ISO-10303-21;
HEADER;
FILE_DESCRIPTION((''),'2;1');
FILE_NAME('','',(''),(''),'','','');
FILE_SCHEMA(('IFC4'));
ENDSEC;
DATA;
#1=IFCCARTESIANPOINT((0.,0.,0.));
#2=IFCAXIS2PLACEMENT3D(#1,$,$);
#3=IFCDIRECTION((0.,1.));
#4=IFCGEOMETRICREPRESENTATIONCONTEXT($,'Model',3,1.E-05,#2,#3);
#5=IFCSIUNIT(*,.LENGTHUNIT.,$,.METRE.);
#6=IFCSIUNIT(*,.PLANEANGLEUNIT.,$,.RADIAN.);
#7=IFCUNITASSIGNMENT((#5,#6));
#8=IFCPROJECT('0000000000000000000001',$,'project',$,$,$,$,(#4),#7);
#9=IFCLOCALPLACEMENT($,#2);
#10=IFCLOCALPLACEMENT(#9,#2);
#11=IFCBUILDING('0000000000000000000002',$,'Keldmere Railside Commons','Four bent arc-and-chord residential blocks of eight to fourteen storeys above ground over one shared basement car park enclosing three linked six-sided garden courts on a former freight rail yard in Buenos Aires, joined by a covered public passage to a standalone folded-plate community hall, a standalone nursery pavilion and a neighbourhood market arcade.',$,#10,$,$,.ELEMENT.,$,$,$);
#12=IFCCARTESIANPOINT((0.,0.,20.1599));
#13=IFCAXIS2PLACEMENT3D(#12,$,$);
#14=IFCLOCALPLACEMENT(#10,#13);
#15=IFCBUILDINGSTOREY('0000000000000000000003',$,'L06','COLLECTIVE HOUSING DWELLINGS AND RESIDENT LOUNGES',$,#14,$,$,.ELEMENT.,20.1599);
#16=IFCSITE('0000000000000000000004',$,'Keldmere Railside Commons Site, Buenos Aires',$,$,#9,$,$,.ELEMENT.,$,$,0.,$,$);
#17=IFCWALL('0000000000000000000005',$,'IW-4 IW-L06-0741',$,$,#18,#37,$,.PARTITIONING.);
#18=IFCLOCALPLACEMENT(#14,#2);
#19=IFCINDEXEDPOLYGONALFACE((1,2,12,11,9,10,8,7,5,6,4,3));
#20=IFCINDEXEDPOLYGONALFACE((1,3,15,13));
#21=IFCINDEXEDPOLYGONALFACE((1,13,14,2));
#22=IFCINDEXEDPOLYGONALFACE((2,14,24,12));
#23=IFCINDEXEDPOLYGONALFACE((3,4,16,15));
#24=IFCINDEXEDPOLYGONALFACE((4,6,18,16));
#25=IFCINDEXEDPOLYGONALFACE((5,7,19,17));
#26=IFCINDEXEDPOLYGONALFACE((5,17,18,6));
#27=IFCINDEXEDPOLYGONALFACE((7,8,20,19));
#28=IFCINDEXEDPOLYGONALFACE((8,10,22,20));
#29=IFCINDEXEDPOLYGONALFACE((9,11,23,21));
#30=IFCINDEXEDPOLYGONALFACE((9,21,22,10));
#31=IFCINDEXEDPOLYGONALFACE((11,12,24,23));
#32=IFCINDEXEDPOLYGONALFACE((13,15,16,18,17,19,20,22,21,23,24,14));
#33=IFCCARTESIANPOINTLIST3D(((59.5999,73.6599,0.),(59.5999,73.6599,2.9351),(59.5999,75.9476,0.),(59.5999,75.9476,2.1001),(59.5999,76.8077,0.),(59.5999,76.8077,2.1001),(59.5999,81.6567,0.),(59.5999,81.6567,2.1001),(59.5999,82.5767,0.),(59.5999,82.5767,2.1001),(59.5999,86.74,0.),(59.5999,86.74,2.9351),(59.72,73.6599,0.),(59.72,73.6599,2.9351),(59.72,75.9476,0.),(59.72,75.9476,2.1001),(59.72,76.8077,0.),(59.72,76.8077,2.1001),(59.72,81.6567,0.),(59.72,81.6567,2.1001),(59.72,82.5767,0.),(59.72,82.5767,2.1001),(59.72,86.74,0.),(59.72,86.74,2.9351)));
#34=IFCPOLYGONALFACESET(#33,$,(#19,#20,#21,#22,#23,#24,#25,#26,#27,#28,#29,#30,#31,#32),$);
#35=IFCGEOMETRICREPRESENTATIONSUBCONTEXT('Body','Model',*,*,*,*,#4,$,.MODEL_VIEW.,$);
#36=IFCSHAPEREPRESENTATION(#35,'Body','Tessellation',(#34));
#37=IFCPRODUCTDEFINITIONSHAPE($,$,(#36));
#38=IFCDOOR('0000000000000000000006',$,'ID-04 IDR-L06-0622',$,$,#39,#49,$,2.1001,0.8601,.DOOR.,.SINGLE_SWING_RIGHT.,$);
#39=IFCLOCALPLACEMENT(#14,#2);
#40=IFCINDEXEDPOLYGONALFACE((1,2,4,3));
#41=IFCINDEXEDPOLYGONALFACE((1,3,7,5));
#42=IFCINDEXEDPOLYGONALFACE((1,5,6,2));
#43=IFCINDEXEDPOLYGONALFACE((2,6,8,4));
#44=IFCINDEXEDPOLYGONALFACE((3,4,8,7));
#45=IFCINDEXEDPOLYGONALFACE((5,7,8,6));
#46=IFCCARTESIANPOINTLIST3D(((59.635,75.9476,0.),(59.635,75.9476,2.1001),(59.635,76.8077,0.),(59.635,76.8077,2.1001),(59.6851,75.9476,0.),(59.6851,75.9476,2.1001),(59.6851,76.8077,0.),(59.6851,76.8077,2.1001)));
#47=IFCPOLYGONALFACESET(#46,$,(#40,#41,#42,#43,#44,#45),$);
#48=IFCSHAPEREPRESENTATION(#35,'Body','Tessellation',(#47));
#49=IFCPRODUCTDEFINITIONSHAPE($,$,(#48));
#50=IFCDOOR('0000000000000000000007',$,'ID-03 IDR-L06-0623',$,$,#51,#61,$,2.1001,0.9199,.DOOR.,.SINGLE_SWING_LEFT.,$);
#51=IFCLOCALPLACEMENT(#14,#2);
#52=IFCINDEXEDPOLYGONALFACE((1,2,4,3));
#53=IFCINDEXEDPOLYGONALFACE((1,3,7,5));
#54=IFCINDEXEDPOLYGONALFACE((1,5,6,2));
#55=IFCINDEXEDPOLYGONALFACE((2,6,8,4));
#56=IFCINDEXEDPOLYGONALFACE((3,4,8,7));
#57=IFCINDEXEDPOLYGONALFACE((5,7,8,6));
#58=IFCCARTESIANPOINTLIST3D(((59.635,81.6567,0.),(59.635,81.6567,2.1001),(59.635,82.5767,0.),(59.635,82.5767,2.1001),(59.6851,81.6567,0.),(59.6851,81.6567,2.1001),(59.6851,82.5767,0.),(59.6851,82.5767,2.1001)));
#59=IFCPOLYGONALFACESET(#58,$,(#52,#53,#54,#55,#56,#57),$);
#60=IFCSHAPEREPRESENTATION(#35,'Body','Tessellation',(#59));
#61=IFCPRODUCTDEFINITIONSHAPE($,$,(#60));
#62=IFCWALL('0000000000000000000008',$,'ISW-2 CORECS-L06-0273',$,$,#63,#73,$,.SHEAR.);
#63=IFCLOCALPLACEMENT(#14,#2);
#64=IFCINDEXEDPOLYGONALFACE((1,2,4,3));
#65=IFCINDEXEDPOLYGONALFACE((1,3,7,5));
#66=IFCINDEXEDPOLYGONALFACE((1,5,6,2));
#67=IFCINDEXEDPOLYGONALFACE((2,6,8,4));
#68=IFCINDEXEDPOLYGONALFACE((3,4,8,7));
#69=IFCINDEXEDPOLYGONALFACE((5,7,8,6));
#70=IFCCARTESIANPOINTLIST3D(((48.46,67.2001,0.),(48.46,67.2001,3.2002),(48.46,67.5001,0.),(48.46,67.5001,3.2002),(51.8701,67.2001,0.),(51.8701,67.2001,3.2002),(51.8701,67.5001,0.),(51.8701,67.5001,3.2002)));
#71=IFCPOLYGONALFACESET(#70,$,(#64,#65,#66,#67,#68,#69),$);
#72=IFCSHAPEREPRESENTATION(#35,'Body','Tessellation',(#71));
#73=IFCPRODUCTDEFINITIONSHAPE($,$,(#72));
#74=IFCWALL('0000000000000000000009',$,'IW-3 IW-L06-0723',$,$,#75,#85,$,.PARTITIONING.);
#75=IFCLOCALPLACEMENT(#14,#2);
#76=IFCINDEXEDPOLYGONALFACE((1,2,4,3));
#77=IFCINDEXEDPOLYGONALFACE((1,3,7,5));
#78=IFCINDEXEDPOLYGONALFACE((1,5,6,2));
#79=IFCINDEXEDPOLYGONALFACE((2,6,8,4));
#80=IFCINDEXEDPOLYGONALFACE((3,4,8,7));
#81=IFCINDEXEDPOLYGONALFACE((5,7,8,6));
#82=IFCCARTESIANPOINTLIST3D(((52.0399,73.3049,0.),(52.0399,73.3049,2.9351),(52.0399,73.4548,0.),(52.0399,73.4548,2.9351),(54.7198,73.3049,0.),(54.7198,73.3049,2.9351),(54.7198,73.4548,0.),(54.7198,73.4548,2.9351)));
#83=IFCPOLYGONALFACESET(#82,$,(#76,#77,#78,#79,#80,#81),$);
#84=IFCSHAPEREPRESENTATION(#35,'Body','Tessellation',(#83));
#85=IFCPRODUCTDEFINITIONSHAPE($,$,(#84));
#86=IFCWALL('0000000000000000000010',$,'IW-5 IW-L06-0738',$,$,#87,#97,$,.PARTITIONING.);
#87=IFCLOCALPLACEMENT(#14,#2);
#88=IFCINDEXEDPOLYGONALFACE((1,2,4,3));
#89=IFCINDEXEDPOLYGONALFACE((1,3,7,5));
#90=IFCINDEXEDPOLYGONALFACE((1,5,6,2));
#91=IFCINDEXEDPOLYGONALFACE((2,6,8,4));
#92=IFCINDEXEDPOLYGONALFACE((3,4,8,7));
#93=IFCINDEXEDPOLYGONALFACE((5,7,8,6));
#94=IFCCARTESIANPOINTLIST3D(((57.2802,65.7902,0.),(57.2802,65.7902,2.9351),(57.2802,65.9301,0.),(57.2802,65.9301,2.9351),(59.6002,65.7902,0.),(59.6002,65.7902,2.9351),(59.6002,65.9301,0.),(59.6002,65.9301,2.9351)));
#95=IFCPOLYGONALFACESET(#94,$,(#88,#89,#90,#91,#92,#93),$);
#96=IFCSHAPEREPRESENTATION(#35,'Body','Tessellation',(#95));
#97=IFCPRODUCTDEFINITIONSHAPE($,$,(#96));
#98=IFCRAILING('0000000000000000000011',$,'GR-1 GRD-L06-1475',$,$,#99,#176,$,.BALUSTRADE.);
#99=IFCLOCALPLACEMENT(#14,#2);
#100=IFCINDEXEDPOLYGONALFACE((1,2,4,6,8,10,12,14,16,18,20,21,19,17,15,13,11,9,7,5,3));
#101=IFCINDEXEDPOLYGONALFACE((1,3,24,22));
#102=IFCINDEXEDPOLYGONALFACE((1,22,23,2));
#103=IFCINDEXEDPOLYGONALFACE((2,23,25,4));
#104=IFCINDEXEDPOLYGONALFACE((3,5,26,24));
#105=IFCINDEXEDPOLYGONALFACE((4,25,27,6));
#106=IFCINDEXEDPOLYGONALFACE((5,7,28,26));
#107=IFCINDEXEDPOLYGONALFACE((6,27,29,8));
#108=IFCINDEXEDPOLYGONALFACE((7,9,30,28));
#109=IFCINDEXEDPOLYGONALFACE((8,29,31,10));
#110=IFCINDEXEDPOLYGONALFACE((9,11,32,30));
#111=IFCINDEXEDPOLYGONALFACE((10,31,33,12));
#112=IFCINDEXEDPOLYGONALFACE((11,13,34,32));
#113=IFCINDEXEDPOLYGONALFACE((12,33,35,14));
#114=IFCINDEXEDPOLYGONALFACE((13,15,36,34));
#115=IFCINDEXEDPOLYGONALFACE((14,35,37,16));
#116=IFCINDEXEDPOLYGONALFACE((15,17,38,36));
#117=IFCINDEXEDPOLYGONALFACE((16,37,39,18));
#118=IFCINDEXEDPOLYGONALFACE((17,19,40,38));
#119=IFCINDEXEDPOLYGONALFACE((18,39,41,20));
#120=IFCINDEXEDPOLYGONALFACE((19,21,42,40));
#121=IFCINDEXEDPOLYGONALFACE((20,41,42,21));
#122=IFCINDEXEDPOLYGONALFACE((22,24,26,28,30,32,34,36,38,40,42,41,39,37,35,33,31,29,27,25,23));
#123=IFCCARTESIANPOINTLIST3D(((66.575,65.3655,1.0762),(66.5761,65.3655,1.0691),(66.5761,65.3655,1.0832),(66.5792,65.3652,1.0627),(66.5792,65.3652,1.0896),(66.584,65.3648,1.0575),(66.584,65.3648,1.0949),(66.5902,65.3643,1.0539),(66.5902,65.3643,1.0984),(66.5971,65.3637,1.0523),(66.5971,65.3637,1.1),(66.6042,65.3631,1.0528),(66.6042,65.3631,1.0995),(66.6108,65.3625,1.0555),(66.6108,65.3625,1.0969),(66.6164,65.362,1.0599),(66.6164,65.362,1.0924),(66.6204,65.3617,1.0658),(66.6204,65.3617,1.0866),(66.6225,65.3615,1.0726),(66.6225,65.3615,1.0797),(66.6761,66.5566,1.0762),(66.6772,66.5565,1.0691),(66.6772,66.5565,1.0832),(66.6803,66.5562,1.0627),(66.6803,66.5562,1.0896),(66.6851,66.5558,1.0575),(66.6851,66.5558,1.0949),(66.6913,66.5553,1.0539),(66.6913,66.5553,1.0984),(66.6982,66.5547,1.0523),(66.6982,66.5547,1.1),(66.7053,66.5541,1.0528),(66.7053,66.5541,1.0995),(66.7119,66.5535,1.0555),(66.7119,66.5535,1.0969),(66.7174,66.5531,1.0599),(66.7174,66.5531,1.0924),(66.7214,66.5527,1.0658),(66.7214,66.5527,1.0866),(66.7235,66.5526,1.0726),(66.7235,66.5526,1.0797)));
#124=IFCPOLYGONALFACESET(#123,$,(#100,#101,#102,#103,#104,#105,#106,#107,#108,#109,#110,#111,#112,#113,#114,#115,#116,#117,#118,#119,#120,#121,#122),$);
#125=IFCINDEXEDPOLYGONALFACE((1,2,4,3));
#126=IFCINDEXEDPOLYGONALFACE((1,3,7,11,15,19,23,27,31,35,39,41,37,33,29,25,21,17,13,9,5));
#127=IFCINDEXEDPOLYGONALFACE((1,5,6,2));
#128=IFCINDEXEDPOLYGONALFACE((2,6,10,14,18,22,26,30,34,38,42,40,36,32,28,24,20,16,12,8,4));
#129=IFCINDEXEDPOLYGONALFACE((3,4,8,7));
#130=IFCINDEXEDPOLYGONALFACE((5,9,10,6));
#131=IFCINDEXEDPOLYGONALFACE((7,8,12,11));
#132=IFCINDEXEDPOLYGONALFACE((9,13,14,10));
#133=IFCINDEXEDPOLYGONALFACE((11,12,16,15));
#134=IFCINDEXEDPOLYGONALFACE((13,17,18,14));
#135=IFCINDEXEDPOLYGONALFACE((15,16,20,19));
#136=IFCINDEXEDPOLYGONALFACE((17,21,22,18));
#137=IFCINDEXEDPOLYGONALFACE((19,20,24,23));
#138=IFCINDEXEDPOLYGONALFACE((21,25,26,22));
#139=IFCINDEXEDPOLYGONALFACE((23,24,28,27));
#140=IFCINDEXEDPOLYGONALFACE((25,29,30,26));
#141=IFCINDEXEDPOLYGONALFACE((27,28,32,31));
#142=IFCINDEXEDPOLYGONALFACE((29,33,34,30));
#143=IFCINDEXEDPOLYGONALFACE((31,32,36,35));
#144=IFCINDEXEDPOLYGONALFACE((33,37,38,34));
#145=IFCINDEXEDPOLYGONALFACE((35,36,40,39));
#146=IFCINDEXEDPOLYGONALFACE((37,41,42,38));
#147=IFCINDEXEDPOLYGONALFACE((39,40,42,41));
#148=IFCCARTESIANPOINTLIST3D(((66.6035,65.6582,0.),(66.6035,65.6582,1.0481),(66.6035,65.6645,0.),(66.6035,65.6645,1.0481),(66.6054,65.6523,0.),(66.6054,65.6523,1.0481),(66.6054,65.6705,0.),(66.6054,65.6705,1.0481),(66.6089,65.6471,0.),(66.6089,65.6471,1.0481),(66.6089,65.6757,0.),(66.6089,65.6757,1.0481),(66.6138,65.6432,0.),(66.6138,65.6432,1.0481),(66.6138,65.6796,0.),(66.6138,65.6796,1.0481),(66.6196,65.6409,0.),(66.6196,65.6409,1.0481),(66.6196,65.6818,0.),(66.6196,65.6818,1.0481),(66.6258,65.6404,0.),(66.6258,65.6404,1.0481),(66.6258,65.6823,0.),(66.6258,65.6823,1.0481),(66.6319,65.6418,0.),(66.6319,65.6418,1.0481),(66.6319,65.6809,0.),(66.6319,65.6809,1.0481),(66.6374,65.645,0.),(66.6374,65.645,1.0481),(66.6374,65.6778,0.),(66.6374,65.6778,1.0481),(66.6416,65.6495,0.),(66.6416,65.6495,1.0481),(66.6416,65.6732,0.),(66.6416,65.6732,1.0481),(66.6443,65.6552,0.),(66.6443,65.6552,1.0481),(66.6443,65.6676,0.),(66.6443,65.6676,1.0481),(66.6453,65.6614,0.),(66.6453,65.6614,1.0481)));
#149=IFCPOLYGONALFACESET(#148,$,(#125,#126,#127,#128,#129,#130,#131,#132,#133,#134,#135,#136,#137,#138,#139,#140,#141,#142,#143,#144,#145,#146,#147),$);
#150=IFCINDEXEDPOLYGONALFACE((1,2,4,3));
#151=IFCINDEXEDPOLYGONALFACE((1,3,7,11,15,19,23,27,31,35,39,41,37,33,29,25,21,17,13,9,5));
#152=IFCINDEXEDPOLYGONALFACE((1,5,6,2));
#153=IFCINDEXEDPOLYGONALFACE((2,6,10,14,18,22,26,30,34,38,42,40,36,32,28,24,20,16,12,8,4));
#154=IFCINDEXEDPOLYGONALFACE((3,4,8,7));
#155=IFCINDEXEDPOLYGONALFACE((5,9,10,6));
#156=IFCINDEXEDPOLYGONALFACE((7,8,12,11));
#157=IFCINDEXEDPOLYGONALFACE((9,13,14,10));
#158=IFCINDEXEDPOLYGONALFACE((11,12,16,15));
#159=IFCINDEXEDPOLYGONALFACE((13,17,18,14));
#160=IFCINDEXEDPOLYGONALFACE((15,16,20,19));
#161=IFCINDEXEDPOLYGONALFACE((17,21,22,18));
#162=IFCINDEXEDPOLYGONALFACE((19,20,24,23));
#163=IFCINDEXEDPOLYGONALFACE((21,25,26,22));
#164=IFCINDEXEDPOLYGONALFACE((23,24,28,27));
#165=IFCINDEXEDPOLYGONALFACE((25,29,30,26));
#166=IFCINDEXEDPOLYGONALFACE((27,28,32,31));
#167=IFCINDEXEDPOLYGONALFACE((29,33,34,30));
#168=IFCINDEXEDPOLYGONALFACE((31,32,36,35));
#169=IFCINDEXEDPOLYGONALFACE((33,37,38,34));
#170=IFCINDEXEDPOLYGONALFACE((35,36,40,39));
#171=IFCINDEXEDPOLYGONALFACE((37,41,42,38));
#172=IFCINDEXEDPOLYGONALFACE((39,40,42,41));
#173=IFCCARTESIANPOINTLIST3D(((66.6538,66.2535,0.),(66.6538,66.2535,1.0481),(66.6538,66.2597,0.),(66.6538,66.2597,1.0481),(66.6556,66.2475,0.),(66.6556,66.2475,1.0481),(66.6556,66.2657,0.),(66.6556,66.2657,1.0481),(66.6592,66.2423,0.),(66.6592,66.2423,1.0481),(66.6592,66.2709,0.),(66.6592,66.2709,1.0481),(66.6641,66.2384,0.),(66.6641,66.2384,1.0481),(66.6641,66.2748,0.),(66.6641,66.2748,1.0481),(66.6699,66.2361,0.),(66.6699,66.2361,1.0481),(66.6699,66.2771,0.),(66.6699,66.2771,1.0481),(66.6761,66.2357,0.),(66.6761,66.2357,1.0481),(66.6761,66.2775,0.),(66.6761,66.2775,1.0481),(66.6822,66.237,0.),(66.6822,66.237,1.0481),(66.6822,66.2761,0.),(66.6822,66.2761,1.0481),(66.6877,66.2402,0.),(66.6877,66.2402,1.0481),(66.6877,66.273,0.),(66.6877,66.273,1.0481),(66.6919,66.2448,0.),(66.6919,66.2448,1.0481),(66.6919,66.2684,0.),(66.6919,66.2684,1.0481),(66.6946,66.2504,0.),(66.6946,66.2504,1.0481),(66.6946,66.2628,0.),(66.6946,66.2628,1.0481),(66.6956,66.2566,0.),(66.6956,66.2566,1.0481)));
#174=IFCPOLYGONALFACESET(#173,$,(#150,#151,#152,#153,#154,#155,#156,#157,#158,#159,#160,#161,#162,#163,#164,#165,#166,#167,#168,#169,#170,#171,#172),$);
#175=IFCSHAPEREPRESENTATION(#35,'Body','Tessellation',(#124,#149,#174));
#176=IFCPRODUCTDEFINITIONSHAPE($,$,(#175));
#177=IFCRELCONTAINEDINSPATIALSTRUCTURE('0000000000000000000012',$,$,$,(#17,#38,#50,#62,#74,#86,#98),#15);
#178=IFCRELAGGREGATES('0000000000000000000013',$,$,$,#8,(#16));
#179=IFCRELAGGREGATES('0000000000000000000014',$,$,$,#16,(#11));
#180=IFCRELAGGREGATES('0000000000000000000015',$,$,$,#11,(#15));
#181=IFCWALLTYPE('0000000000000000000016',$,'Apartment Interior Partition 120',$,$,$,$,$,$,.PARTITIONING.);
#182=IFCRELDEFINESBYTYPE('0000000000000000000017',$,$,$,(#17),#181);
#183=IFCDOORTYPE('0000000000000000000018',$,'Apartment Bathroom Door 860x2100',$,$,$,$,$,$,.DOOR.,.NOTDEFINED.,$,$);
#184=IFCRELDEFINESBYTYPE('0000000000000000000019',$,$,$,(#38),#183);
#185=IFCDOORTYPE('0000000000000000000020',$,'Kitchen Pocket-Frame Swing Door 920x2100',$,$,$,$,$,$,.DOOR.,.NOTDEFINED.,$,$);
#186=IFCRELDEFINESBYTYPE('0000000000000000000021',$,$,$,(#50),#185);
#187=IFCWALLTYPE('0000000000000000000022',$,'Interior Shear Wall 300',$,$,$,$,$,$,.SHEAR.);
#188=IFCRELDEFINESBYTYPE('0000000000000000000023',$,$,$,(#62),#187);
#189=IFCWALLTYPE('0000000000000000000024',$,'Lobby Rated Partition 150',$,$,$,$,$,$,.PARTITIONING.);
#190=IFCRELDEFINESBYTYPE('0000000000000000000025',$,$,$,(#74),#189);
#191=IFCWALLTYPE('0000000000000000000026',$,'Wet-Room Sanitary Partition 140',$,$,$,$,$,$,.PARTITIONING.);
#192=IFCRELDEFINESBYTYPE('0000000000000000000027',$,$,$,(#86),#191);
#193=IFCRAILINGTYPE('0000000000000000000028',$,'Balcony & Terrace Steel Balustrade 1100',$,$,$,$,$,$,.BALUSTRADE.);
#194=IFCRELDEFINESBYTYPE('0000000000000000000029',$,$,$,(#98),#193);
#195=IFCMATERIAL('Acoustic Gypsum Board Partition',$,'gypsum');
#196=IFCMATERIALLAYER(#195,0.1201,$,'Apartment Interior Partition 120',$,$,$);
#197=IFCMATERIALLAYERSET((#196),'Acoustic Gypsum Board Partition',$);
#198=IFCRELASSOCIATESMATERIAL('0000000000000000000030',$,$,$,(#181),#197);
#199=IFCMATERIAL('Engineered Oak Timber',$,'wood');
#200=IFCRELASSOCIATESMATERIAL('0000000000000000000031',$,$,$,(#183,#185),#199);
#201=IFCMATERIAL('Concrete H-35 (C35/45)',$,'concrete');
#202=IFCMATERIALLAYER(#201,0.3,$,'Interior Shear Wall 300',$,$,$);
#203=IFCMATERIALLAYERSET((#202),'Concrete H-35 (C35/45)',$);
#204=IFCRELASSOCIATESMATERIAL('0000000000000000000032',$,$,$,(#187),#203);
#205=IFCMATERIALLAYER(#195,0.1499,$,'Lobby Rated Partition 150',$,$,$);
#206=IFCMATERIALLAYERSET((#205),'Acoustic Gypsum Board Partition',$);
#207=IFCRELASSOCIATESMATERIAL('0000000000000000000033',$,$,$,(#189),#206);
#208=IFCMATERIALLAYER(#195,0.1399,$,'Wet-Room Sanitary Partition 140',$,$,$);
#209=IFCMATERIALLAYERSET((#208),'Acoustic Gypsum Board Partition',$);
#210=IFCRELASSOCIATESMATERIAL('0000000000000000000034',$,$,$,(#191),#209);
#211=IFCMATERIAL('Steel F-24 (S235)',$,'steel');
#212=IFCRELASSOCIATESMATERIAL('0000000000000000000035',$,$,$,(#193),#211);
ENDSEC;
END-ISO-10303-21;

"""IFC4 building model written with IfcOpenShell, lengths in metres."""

from ifc_helpers import new_model, si_unit, direction, frame, frame_2d, origin, origin_2d, place, context, subcontext, project, spatial, rectangle, circle, extrude, material, layer, layer_set, type_object, element, fill, save


model = new_model("IFC4")

# Units and contexts
model_context = context("Model", 3, precision=1e-05, world=origin(), true_north=direction((0.0, 1.0)))
body_context = subcontext(model_context, "Body", "Model", "MODEL_VIEW")
ifc_project = project(units=[si_unit("LENGTHUNIT", "METRE"), si_unit("PLANEANGLEUNIT", "RADIAN")], contexts=[model_context])

# Site, building, storey
site_placement = place(None, origin())
site = spatial("IfcSite", under=ifc_project, at=site_placement, Name="Keldmere Railside Commons Site, Buenos Aires", CompositionType="ELEMENT", RefElevation=0.0)
building_placement = place(site_placement, origin())
building = spatial("IfcBuilding", under=site, at=building_placement, Name="Keldmere Railside Commons", Description="Four bent arc-and-chord residential blocks of eight to fourteen storeys above ground over one shared basement car park enclosing three linked six-sided garden courts on a former freight rail yard in Buenos Aires, joined by a covered public passage to a standalone folded-plate community hall, a standalone nursery pavilion and a neighbourhood market arcade.", CompositionType="ELEMENT")
storey_placement = place(building_placement, frame((0.0, 0.0, 20.1599)))
storey = spatial("IfcBuildingStorey", under=building, at=storey_placement, Name="L06", Description="COLLECTIVE HOUSING DWELLINGS AND RESIDENT LOUNGES", CompositionType="ELEMENT", Elevation=20.1599)

# Shared definitions
ifc_material_1 = material(Name="Concrete H-35 (C35/45)", Category="concrete")

# Shared definitions
ifc_material_2 = material(Name="Acoustic Gypsum Board Partition", Category="gypsum")

# Shared definitions
ifc_layer_1 = layer(ifc_material_2, 0.1201, Name="Apartment Interior Partition 120")
ifc_layer_set_1 = layer_set([ifc_layer_1], Name="Acoustic Gypsum Board Partition")
wall_type_1 = type_object("IfcWallType", Name="Apartment Interior Partition 120", PredefinedType="PARTITIONING", material=ifc_layer_set_1)
ifc_material_3 = material(Name="Engineered Oak Timber", Category="wood")

# Wall, openings, doors
wall_1_placement = place(storey_placement, frame((59.6599, 73.6599, 0.0), z_axis=(0.0, 0.0, 1.0), x_axis=(0.0, 1.0, 0.0)))
wall_1 = element("IfcWall", 1, at=wall_1_placement, inside=storey, type_object=wall_type_1, Name="IW-4 IW-L06-0741", PredefinedType="PARTITIONING", context=body_context, shape_type="SweptSolid", body=[
    extrude(rectangle(XDim=13.0801, YDim=0.1201, at=frame_2d((6.54, 0.0))), origin(), (0.0, 0.0, 1.0), 2.9351),
])
opening_1_placement = place(wall_1_placement, frame((2.2876, 0.0, 0.0)))
opening_1 = element("IfcOpeningElement", 2, at=opening_1_placement, cuts=wall_1, PredefinedType="OPENING", context=body_context, shape_type="SweptSolid", body=[
    extrude(rectangle(XDim=0.8601, YDim=2.1001, at=frame_2d((0.4302, 1.05))), frame((0.0, 0.0701, 0.0), z_axis=(0.0, -1.0, 0.0), x_axis=(1.0, 0.0, 0.0)), (0.0, 0.0, 1.0), 0.1401),
])
opening_2_placement = place(wall_1_placement, frame((7.9968, 0.0, 0.0)))
opening_2 = element("IfcOpeningElement", 3, at=opening_2_placement, cuts=wall_1, PredefinedType="OPENING", context=body_context, shape_type="SweptSolid", body=[
    extrude(rectangle(XDim=0.9199, YDim=2.1001, at=frame_2d((0.46, 1.05))), frame((0.0, 0.0701, 0.0), z_axis=(0.0, -1.0, 0.0), x_axis=(1.0, 0.0, 0.0)), (0.0, 0.0, 1.0), 0.1401),
])
door_type_1 = type_object("IfcDoorType", Name="Apartment Bathroom Door 860x2100", OperationType="NOTDEFINED", PredefinedType="DOOR", material=ifc_material_3)
door_1_placement = place(opening_1_placement, origin())
door_1 = element("IfcDoor", 4, at=door_1_placement, inside=storey, type_object=door_type_1, Name="ID-04 IDR-L06-0622", OperationType="SINGLE_SWING_RIGHT", OverallHeight=2.1001, OverallWidth=0.8601, PredefinedType="DOOR", context=body_context, shape_type="SweptSolid", body=[
    extrude(rectangle(XDim=0.8601, YDim=2.1001, at=frame_2d((0.4302, 1.05))), frame((0.0, 0.0249, 0.0), z_axis=(0.0, -1.0, 0.0), x_axis=(1.0, 0.0, 0.0)), (0.0, 0.0, 1.0), 0.05),
])
fill(opening_1, door_1)
door_type_2 = type_object("IfcDoorType", Name="Kitchen Pocket-Frame Swing Door 920x2100", OperationType="NOTDEFINED", PredefinedType="DOOR", material=ifc_material_3)
door_2_placement = place(opening_2_placement, origin())
door_2 = element("IfcDoor", 5, at=door_2_placement, inside=storey, type_object=door_type_2, Name="ID-03 IDR-L06-0623", OperationType="SINGLE_SWING_LEFT", OverallHeight=2.1001, OverallWidth=0.9199, PredefinedType="DOOR", context=body_context, shape_type="SweptSolid", body=[
    extrude(rectangle(XDim=0.9199, YDim=2.1001, at=frame_2d((0.46, 1.05))), frame((0.0, 0.0249, 0.0), z_axis=(0.0, -1.0, 0.0), x_axis=(1.0, 0.0, 0.0)), (0.0, 0.0, 1.0), 0.05),
])
fill(opening_2, door_2)

# Walls
ifc_layer_2 = layer(ifc_material_1, 0.3, Name="Interior Shear Wall 300")
ifc_layer_set_2 = layer_set([ifc_layer_2], Name="Concrete H-35 (C35/45)")
wall_type_2 = type_object("IfcWallType", Name="Interior Shear Wall 300", PredefinedType="SHEAR", material=ifc_layer_set_2)
wall_2_placement = place(storey_placement, frame((51.8701, 67.3501, 0.0), z_axis=(0.0, 0.0, 1.0), x_axis=(-1.0, 0.0, 0.0)))
element("IfcWall", 6, at=wall_2_placement, inside=storey, type_object=wall_type_2, Name="ISW-2 CORECS-L06-0273", PredefinedType="SHEAR", context=body_context, shape_type="SweptSolid", body=[
    extrude(rectangle(XDim=3.4102, YDim=0.3, at=frame_2d((1.7051, 0.0))), origin(), (0.0, 0.0, 1.0), 3.2002),
])
ifc_layer_3 = layer(ifc_material_2, 0.1499, Name="Lobby Rated Partition 150")
ifc_layer_set_3 = layer_set([ifc_layer_3], Name="Acoustic Gypsum Board Partition")
wall_type_3 = type_object("IfcWallType", Name="Lobby Rated Partition 150", PredefinedType="PARTITIONING", material=ifc_layer_set_3)
wall_3_placement = place(storey_placement, frame((52.04, 73.3799, 0.0), z_axis=(0.0, 0.0, 1.0), x_axis=(1.0, 0.0, 0.0)))
element("IfcWall", 7, at=wall_3_placement, inside=storey, type_object=wall_type_3, Name="IW-3 IW-L06-0723", PredefinedType="PARTITIONING", context=body_context, shape_type="SweptSolid", body=[
    extrude(rectangle(XDim=2.6799, YDim=0.1499, at=frame_2d((1.3398, 0.0))), origin(), (0.0, 0.0, 1.0), 2.9351),
])
ifc_layer_4 = layer(ifc_material_2, 0.1399, Name="Wet-Room Sanitary Partition 140")
ifc_layer_set_4 = layer_set([ifc_layer_4], Name="Acoustic Gypsum Board Partition")
wall_type_4 = type_object("IfcWallType", Name="Wet-Room Sanitary Partition 140", PredefinedType="PARTITIONING", material=ifc_layer_set_4)
wall_4_placement = place(storey_placement, frame((57.28, 65.8601, 0.0), z_axis=(0.0, 0.0, 1.0), x_axis=(1.0, 0.0, 0.0)))
element("IfcWall", 8, at=wall_4_placement, inside=storey, type_object=wall_type_4, Name="IW-5 IW-L06-0738", PredefinedType="PARTITIONING", context=body_context, shape_type="SweptSolid", body=[
    extrude(rectangle(XDim=2.3201, YDim=0.1399, at=frame_2d((1.1602, 0.0))), origin(), (0.0, 0.0, 1.0), 2.9351),
])

# Railing
ifc_material_4 = material(Name="Steel F-24 (S235)", Category="steel")
railing_type_1 = type_object("IfcRailingType", Name="Balcony & Terrace Steel Balustrade 1100", PredefinedType="BALUSTRADE", material=ifc_material_4)
railing_1_placement = place(storey_placement, frame((66.5989, 65.3635, 0.0)))
element("IfcRailing", 9, at=railing_1_placement, inside=storey, type_object=railing_type_1, Name="GR-1 GRD-L06-1475", PredefinedType="BALUSTRADE", context=body_context, shape_type="SweptSolid", body=[
    extrude(circle(Radius=0.0239, at=origin_2d()), frame((0.0, 0.0, 1.0762), z_axis=(0.084567, 0.996418, 0.0), x_axis=(-0.996418, 0.084567, 0.0)), (0.0, 0.0, 1.0), 1.1953),
    extrude(circle(Radius=0.021, at=origin_2d()), frame((0.0254, 0.2979, 0.0)), (0.0, 0.0, 1.0), 1.0481),
    extrude(circle(Radius=0.021, at=origin_2d()), frame((0.0757, 0.8931, 0.0)), (0.0, 0.0, 1.0), 1.0481),
])

save(model, "model.ifc")
